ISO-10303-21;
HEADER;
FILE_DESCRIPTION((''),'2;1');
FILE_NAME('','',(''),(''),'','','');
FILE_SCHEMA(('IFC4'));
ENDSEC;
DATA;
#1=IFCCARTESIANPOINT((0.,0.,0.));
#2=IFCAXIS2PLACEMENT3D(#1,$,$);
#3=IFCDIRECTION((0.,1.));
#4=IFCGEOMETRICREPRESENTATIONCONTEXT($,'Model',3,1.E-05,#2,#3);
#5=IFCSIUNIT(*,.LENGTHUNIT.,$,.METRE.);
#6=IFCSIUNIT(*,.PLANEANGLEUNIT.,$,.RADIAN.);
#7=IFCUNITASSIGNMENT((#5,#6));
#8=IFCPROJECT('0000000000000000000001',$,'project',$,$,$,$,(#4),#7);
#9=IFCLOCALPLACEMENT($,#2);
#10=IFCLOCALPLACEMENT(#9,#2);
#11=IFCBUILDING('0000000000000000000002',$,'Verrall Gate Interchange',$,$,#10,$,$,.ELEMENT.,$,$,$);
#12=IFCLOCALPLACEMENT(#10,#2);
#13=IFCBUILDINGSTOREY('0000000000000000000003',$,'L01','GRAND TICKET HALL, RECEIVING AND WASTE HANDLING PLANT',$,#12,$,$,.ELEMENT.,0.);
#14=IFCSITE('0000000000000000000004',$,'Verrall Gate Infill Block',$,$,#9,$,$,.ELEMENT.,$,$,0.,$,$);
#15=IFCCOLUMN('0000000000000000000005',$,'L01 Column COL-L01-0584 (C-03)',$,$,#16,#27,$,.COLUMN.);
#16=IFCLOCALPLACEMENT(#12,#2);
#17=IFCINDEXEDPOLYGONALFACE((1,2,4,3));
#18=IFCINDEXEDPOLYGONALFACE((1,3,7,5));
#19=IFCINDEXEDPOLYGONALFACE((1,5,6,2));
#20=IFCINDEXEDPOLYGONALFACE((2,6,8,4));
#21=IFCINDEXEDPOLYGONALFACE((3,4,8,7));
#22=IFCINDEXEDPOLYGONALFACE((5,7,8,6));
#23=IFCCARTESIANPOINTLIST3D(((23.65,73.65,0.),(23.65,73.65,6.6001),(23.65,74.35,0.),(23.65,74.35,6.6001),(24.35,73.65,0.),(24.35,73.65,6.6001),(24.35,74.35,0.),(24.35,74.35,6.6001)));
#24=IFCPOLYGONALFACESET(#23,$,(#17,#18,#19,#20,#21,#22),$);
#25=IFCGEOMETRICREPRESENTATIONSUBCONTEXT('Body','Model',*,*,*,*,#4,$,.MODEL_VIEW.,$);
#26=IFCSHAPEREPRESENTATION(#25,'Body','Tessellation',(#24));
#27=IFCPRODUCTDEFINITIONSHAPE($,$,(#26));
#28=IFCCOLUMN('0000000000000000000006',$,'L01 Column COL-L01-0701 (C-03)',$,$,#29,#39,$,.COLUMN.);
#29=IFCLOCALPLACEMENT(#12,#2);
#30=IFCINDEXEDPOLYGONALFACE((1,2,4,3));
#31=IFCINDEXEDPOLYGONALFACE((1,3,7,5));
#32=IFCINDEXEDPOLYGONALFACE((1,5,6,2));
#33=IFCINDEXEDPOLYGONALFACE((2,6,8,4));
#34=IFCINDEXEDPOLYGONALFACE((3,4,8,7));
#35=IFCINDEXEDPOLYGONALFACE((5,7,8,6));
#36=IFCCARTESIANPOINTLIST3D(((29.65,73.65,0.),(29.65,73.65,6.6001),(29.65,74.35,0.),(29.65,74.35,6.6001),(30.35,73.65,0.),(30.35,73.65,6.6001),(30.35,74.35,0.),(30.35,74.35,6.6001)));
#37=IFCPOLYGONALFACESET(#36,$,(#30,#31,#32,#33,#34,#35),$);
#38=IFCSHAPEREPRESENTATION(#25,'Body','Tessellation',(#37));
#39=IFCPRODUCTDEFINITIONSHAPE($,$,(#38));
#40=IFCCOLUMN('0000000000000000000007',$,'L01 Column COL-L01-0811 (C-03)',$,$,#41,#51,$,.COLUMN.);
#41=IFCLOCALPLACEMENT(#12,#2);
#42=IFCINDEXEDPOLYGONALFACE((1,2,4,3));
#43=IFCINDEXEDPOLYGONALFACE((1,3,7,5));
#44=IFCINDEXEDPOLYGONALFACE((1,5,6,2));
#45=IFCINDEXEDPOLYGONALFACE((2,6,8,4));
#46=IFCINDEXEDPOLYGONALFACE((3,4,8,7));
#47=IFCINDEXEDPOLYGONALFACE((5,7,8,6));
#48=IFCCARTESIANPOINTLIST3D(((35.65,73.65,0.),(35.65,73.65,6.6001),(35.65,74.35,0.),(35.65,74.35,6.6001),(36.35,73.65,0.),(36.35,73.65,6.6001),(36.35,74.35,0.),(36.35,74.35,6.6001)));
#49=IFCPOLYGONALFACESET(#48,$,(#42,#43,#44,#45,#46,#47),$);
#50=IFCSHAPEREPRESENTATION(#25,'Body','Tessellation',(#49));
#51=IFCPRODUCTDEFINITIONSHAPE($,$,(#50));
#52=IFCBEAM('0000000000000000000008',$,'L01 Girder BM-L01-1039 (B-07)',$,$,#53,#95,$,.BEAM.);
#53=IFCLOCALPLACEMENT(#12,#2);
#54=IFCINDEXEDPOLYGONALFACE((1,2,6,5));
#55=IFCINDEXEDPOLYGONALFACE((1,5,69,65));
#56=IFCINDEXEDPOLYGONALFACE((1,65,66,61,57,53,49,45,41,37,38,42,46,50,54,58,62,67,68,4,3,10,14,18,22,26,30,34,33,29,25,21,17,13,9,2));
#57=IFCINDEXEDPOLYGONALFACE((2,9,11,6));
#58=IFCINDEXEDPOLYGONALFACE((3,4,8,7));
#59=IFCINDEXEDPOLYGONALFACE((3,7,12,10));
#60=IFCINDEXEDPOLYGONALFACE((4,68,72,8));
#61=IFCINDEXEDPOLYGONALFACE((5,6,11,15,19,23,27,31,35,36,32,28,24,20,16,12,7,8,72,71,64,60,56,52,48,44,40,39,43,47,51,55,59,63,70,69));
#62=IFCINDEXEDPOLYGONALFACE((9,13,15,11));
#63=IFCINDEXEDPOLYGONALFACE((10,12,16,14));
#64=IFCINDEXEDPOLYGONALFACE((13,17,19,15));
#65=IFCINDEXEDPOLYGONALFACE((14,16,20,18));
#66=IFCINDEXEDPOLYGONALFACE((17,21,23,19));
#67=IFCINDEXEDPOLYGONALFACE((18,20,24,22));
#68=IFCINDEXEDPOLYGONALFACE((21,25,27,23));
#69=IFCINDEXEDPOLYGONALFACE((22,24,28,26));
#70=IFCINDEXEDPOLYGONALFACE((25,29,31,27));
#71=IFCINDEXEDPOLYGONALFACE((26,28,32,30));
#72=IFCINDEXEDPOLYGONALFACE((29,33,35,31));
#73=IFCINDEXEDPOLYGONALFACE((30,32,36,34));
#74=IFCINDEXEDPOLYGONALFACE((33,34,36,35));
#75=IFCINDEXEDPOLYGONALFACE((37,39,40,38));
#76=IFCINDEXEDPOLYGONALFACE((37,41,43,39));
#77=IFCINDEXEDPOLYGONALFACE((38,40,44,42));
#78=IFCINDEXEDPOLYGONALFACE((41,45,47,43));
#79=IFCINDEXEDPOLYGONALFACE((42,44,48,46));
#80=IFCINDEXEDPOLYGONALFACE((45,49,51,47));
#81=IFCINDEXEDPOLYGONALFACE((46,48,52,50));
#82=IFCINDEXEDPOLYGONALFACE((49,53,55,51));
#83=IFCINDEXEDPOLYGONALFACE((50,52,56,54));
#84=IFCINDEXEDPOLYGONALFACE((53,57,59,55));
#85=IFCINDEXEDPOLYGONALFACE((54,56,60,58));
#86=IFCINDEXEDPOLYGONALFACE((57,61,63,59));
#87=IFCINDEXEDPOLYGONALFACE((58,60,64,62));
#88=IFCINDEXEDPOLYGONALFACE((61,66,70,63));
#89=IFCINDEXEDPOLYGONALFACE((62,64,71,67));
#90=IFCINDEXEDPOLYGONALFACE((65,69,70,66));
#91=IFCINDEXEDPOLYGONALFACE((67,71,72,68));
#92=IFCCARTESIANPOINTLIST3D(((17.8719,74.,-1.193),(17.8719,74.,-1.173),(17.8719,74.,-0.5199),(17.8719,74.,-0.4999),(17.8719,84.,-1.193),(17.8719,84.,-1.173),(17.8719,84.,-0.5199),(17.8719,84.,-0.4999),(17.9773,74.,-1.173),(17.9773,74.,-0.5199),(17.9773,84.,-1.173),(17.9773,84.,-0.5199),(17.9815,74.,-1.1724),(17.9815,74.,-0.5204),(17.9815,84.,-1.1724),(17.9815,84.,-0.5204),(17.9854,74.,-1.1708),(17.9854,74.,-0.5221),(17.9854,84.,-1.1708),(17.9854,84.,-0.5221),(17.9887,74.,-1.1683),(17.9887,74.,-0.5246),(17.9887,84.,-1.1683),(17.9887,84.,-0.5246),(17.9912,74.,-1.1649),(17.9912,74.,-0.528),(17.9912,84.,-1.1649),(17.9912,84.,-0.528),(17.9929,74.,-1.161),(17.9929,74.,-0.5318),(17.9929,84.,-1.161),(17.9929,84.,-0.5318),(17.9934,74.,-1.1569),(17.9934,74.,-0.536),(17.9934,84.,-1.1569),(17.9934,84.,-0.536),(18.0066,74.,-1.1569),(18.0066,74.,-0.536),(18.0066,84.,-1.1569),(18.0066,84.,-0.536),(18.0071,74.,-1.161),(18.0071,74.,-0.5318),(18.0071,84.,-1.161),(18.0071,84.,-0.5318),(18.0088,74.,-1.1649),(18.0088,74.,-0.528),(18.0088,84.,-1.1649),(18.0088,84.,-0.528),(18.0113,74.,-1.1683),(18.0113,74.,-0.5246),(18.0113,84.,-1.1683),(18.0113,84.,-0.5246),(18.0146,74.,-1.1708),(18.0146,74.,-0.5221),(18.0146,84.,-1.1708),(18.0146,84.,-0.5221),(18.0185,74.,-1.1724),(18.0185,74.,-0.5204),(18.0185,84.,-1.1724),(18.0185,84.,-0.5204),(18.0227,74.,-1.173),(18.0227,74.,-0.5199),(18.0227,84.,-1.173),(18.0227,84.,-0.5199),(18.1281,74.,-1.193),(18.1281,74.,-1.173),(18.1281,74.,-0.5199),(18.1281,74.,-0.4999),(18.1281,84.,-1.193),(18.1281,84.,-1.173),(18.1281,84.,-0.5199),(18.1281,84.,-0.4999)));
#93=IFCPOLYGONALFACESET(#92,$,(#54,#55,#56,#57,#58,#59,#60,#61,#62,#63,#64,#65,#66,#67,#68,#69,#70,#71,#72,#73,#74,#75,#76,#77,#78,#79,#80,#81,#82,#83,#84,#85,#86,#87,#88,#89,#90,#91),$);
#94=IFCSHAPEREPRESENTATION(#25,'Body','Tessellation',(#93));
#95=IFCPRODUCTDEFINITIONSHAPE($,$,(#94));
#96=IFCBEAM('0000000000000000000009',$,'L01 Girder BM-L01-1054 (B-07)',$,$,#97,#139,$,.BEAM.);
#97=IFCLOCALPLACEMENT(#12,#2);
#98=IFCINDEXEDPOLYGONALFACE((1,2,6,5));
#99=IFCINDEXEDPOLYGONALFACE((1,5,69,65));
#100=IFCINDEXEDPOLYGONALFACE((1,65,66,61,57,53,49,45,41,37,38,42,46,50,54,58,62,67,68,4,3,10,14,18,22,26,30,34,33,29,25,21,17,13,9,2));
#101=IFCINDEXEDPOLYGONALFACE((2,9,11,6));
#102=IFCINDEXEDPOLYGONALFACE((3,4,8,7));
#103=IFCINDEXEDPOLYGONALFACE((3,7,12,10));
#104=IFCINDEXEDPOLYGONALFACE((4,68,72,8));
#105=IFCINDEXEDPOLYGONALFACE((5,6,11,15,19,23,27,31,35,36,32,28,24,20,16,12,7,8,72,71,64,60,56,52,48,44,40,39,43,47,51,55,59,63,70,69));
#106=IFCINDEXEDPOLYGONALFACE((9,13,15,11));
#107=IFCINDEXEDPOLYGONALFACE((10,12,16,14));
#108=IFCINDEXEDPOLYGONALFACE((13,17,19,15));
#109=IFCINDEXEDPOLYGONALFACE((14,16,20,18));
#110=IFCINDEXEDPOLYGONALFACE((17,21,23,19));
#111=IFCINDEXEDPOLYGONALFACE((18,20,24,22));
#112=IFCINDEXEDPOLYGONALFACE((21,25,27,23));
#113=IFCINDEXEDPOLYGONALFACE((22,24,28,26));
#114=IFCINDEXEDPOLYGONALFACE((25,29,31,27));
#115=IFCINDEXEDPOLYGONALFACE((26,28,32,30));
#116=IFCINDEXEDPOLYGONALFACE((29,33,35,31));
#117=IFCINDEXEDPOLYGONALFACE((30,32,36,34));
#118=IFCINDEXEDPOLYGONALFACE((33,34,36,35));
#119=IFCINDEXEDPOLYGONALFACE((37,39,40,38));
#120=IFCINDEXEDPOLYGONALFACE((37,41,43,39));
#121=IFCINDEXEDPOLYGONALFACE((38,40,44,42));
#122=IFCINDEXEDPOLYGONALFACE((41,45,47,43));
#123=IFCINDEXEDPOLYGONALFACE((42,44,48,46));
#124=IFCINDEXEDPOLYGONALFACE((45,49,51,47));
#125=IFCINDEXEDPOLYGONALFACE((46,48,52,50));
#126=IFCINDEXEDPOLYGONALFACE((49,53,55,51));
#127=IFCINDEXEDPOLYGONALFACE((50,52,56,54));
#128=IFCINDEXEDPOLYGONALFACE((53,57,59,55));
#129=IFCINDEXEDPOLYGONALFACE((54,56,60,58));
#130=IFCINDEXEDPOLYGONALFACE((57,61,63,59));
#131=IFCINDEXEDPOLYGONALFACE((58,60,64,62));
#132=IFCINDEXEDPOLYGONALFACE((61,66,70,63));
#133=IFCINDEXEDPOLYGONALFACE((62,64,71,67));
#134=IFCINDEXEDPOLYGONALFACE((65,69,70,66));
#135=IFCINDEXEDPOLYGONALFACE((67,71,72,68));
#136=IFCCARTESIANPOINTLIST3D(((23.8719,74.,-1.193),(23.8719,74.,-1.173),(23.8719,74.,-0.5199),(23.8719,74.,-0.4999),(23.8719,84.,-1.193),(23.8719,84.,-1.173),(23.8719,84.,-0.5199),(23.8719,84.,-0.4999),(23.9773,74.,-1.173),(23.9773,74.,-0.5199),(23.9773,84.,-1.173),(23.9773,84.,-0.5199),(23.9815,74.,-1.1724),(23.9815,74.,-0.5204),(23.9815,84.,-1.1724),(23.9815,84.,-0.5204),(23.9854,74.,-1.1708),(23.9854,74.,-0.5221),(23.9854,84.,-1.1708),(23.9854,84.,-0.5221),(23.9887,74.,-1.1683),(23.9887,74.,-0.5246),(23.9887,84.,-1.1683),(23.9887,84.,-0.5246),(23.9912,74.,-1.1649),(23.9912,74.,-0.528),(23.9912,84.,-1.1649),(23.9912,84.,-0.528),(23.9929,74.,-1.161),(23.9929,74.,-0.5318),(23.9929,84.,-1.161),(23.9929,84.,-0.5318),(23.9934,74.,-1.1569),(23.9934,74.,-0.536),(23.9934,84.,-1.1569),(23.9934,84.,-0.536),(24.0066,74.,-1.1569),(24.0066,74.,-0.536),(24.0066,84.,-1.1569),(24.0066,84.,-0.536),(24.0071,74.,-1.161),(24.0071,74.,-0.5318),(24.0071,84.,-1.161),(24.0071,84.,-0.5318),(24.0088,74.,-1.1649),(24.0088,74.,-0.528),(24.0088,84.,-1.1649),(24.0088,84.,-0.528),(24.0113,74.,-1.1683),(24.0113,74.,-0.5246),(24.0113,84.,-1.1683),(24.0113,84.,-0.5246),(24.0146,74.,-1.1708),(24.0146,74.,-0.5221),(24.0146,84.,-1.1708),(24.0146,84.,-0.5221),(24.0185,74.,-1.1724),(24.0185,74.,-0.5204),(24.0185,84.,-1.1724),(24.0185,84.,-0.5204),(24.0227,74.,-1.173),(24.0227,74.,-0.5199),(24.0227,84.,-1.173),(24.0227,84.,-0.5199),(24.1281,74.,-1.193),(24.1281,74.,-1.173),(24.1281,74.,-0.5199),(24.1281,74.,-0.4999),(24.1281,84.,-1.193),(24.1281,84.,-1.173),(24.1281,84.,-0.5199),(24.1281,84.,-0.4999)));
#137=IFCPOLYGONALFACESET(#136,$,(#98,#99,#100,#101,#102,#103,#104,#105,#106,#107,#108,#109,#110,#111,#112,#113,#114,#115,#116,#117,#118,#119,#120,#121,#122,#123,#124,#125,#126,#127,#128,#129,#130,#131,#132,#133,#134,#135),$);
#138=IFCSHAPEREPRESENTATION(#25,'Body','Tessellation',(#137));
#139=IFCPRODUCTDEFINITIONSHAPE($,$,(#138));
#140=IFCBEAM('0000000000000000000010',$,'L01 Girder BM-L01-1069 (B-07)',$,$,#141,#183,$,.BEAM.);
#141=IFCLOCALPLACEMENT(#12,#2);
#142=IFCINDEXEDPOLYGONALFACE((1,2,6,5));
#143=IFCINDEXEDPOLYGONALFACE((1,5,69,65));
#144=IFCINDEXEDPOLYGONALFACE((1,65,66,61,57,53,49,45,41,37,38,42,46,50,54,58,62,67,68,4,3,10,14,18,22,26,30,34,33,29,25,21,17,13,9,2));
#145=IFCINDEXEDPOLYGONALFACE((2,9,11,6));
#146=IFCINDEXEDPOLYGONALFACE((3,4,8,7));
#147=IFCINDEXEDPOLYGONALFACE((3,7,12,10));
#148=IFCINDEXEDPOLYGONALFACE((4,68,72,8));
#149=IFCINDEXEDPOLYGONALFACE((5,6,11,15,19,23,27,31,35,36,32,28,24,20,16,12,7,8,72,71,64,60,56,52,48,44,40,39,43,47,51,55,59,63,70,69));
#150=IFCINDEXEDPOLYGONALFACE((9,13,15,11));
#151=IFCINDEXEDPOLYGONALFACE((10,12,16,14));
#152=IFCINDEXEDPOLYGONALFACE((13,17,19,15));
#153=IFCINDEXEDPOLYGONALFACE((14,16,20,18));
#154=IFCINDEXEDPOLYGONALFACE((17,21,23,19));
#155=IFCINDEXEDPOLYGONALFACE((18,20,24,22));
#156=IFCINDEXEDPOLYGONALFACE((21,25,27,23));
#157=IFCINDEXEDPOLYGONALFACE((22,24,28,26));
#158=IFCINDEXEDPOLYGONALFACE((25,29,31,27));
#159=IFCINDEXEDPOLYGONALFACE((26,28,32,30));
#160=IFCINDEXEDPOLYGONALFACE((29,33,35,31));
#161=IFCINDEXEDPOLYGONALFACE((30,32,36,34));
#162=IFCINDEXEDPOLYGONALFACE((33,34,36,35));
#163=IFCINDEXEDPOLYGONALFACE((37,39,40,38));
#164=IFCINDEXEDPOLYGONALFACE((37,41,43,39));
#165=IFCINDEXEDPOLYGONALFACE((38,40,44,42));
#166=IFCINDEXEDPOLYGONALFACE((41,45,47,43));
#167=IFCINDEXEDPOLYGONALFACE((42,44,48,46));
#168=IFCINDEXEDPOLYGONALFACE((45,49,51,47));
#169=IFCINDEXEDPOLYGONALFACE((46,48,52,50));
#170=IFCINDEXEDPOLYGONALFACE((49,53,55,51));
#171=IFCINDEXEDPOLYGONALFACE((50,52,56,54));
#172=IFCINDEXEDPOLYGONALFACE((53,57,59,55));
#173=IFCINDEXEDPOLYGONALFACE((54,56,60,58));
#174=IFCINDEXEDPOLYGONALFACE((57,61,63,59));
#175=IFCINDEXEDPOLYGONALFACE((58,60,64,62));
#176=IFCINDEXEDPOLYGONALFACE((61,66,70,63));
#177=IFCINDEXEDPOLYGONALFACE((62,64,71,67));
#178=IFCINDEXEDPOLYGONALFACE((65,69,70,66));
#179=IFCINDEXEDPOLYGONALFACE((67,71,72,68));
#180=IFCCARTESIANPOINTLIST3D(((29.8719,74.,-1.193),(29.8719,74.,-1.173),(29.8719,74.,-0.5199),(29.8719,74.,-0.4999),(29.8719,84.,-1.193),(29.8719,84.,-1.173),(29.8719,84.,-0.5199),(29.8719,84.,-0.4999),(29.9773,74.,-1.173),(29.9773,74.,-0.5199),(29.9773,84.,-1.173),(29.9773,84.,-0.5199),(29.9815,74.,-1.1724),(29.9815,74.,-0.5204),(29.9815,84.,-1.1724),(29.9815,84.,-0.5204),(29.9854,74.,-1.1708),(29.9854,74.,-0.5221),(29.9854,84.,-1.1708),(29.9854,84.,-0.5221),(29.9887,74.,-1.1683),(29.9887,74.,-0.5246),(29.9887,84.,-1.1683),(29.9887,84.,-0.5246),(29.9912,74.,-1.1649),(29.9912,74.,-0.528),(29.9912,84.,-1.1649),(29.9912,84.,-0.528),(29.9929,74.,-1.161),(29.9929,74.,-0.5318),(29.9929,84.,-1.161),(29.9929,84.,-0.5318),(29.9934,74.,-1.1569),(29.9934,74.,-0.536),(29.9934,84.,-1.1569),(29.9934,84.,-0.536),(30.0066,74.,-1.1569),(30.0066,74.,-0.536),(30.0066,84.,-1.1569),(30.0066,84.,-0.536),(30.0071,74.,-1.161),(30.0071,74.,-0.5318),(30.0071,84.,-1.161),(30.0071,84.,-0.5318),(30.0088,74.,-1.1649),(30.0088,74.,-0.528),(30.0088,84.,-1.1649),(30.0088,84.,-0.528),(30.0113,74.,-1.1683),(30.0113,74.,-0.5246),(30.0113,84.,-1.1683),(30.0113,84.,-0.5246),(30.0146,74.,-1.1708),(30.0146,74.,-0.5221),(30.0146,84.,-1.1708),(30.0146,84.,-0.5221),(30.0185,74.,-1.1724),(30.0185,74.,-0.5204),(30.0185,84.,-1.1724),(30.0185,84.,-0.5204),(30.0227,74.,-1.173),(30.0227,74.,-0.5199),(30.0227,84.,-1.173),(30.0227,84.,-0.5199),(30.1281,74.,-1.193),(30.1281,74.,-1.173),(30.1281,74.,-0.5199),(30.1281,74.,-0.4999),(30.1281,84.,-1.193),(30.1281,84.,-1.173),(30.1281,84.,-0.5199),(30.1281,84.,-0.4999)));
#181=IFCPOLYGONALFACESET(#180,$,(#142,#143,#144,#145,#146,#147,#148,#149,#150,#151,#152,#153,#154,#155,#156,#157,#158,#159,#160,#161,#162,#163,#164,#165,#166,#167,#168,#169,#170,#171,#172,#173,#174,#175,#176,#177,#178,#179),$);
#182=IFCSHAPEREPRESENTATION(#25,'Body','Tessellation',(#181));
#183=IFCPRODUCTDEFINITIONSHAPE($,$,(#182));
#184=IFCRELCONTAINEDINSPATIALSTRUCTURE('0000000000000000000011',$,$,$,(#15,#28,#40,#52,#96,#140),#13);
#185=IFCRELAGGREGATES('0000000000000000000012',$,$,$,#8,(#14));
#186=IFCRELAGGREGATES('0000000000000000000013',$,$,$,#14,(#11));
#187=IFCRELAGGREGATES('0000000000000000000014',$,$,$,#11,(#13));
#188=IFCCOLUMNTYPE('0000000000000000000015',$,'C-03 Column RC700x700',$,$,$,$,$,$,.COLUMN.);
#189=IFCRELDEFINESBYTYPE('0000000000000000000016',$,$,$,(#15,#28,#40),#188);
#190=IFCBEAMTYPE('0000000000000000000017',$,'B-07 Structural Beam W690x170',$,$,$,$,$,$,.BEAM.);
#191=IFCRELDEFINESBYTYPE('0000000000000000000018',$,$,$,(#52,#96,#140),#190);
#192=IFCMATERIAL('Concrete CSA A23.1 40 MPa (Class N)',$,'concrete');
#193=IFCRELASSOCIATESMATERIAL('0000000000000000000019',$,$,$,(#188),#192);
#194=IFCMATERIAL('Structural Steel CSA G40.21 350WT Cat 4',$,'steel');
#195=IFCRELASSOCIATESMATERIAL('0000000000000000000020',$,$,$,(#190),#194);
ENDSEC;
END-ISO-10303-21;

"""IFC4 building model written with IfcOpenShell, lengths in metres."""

from ifc_helpers import new_model, si_unit, direction, frame, origin, origin_2d, place, context, subcontext, project, spatial, rectangle, i_section, extrude, material, material_profile, profile_set, type_object, element, save


model = new_model("IFC4")

# Units and contexts
model_context = context("Model", 3, precision=1e-05, world=origin(), true_north=direction((0.0, 1.0)))
body_context = subcontext(model_context, "Body", "Model", "MODEL_VIEW")
ifc_project = project(units=[si_unit("LENGTHUNIT", "METRE"), si_unit("PLANEANGLEUNIT", "RADIAN")], contexts=[model_context])

# Site, building, storey
site_placement = place(None, origin())
site = spatial("IfcSite", under=ifc_project, at=site_placement, Name="Verrall Gate Infill Block", CompositionType="ELEMENT", RefElevation=0.0)
building_placement = place(site_placement, origin())
building = spatial("IfcBuilding", under=site, at=building_placement, Name="Verrall Gate Interchange", CompositionType="ELEMENT")
storey_placement = place(building_placement, origin())
storey = spatial("IfcBuildingStorey", under=building, at=storey_placement, Name="L01", Description="GRAND TICKET HALL, RECEIVING AND WASTE HANDLING PLANT", CompositionType="ELEMENT", Elevation=0.0)

# Columns
ifc_material_1 = material(Name="Concrete CSA A23.1 40 MPa (Class N)", Category="concrete")
ifc_material_profile_1 = material_profile(ifc_material_1, rectangle(XDim=0.7, YDim=0.7, at=origin_2d()), Name="RC700x700")
ifc_profile_set_1 = profile_set([ifc_material_profile_1], Name="Concrete CSA A23.1 40 MPa (Class N)")
column_type = type_object("IfcColumnType", Name="C-03 Column RC700x700", PredefinedType="COLUMN", material=ifc_profile_set_1)
for number, where, z_axis, x_axis, name in (
    (1, (24.0, 74.0, 0.0), (0.0, 0.0, 1.0), (1.0, 0.0, 0.0), "L01 Column COL-L01-0584 (C-03)"),
    (2, (30.0, 74.0, 0.0), (0.0, 0.0, 1.0), (1.0, 0.0, 0.0), "L01 Column COL-L01-0701 (C-03)"),
    (3, (36.0, 74.0, 0.0), (0.0, 0.0, 1.0), (1.0, 0.0, 0.0), "L01 Column COL-L01-0811 (C-03)"),
):
    element("IfcColumn", number, at=place(storey_placement, frame(where, z_axis=z_axis, x_axis=x_axis)), inside=storey, type_object=column_type, Name=name, PredefinedType="COLUMN", context=body_context, shape_type="SweptSolid", body=[
        extrude(rectangle(XDim=0.7, YDim=0.7, at=origin_2d()), origin(), (0.0, 0.0, 1.0), 6.6001),
    ])

# Beams
ifc_material_2 = material(Name="Structural Steel CSA G40.21 350WT Cat 4", Category="steel")
ifc_material_profile_2 = material_profile(ifc_material_2, i_section(OverallWidth=0.2561, OverallDepth=0.6931, WebThickness=0.0132, FlangeThickness=0.02, FilletRadius=0.0161, at=origin_2d()), Name="W690x170")
ifc_profile_set_2 = profile_set([ifc_material_profile_2], Name="Structural Steel CSA G40.21 350WT Cat 4")
beam_type_1 = type_object("IfcBeamType", Name="B-07 Structural Beam W690x170", PredefinedType="BEAM", material=ifc_profile_set_2)
for number, where, z_axis, x_axis, name in (
    (4, (18.0, 74.0, -0.8464), (0.0, 1.0, 0.0), (-1.0, 0.0, 0.0), "L01 Girder BM-L01-1039 (B-07)"),
    (5, (24.0, 74.0, -0.8464), (0.0, 1.0, 0.0), (-1.0, 0.0, 0.0), "L01 Girder BM-L01-1054 (B-07)"),
    (6, (30.0, 74.0, -0.8464), (0.0, 1.0, 0.0), (-1.0, 0.0, 0.0), "L01 Girder BM-L01-1069 (B-07)"),
):
    element("IfcBeam", number, at=place(storey_placement, frame(where, z_axis=z_axis, x_axis=x_axis)), inside=storey, type_object=beam_type_1, Name=name, PredefinedType="BEAM", context=body_context, shape_type="SweptSolid", body=[
        extrude(i_section(OverallWidth=0.2561, OverallDepth=0.6931, WebThickness=0.0132, FlangeThickness=0.02, FilletRadius=0.0161, at=origin_2d()), origin(), (0.0, 0.0, 1.0), 10.0),
    ])

save(model, "model.ifc")
